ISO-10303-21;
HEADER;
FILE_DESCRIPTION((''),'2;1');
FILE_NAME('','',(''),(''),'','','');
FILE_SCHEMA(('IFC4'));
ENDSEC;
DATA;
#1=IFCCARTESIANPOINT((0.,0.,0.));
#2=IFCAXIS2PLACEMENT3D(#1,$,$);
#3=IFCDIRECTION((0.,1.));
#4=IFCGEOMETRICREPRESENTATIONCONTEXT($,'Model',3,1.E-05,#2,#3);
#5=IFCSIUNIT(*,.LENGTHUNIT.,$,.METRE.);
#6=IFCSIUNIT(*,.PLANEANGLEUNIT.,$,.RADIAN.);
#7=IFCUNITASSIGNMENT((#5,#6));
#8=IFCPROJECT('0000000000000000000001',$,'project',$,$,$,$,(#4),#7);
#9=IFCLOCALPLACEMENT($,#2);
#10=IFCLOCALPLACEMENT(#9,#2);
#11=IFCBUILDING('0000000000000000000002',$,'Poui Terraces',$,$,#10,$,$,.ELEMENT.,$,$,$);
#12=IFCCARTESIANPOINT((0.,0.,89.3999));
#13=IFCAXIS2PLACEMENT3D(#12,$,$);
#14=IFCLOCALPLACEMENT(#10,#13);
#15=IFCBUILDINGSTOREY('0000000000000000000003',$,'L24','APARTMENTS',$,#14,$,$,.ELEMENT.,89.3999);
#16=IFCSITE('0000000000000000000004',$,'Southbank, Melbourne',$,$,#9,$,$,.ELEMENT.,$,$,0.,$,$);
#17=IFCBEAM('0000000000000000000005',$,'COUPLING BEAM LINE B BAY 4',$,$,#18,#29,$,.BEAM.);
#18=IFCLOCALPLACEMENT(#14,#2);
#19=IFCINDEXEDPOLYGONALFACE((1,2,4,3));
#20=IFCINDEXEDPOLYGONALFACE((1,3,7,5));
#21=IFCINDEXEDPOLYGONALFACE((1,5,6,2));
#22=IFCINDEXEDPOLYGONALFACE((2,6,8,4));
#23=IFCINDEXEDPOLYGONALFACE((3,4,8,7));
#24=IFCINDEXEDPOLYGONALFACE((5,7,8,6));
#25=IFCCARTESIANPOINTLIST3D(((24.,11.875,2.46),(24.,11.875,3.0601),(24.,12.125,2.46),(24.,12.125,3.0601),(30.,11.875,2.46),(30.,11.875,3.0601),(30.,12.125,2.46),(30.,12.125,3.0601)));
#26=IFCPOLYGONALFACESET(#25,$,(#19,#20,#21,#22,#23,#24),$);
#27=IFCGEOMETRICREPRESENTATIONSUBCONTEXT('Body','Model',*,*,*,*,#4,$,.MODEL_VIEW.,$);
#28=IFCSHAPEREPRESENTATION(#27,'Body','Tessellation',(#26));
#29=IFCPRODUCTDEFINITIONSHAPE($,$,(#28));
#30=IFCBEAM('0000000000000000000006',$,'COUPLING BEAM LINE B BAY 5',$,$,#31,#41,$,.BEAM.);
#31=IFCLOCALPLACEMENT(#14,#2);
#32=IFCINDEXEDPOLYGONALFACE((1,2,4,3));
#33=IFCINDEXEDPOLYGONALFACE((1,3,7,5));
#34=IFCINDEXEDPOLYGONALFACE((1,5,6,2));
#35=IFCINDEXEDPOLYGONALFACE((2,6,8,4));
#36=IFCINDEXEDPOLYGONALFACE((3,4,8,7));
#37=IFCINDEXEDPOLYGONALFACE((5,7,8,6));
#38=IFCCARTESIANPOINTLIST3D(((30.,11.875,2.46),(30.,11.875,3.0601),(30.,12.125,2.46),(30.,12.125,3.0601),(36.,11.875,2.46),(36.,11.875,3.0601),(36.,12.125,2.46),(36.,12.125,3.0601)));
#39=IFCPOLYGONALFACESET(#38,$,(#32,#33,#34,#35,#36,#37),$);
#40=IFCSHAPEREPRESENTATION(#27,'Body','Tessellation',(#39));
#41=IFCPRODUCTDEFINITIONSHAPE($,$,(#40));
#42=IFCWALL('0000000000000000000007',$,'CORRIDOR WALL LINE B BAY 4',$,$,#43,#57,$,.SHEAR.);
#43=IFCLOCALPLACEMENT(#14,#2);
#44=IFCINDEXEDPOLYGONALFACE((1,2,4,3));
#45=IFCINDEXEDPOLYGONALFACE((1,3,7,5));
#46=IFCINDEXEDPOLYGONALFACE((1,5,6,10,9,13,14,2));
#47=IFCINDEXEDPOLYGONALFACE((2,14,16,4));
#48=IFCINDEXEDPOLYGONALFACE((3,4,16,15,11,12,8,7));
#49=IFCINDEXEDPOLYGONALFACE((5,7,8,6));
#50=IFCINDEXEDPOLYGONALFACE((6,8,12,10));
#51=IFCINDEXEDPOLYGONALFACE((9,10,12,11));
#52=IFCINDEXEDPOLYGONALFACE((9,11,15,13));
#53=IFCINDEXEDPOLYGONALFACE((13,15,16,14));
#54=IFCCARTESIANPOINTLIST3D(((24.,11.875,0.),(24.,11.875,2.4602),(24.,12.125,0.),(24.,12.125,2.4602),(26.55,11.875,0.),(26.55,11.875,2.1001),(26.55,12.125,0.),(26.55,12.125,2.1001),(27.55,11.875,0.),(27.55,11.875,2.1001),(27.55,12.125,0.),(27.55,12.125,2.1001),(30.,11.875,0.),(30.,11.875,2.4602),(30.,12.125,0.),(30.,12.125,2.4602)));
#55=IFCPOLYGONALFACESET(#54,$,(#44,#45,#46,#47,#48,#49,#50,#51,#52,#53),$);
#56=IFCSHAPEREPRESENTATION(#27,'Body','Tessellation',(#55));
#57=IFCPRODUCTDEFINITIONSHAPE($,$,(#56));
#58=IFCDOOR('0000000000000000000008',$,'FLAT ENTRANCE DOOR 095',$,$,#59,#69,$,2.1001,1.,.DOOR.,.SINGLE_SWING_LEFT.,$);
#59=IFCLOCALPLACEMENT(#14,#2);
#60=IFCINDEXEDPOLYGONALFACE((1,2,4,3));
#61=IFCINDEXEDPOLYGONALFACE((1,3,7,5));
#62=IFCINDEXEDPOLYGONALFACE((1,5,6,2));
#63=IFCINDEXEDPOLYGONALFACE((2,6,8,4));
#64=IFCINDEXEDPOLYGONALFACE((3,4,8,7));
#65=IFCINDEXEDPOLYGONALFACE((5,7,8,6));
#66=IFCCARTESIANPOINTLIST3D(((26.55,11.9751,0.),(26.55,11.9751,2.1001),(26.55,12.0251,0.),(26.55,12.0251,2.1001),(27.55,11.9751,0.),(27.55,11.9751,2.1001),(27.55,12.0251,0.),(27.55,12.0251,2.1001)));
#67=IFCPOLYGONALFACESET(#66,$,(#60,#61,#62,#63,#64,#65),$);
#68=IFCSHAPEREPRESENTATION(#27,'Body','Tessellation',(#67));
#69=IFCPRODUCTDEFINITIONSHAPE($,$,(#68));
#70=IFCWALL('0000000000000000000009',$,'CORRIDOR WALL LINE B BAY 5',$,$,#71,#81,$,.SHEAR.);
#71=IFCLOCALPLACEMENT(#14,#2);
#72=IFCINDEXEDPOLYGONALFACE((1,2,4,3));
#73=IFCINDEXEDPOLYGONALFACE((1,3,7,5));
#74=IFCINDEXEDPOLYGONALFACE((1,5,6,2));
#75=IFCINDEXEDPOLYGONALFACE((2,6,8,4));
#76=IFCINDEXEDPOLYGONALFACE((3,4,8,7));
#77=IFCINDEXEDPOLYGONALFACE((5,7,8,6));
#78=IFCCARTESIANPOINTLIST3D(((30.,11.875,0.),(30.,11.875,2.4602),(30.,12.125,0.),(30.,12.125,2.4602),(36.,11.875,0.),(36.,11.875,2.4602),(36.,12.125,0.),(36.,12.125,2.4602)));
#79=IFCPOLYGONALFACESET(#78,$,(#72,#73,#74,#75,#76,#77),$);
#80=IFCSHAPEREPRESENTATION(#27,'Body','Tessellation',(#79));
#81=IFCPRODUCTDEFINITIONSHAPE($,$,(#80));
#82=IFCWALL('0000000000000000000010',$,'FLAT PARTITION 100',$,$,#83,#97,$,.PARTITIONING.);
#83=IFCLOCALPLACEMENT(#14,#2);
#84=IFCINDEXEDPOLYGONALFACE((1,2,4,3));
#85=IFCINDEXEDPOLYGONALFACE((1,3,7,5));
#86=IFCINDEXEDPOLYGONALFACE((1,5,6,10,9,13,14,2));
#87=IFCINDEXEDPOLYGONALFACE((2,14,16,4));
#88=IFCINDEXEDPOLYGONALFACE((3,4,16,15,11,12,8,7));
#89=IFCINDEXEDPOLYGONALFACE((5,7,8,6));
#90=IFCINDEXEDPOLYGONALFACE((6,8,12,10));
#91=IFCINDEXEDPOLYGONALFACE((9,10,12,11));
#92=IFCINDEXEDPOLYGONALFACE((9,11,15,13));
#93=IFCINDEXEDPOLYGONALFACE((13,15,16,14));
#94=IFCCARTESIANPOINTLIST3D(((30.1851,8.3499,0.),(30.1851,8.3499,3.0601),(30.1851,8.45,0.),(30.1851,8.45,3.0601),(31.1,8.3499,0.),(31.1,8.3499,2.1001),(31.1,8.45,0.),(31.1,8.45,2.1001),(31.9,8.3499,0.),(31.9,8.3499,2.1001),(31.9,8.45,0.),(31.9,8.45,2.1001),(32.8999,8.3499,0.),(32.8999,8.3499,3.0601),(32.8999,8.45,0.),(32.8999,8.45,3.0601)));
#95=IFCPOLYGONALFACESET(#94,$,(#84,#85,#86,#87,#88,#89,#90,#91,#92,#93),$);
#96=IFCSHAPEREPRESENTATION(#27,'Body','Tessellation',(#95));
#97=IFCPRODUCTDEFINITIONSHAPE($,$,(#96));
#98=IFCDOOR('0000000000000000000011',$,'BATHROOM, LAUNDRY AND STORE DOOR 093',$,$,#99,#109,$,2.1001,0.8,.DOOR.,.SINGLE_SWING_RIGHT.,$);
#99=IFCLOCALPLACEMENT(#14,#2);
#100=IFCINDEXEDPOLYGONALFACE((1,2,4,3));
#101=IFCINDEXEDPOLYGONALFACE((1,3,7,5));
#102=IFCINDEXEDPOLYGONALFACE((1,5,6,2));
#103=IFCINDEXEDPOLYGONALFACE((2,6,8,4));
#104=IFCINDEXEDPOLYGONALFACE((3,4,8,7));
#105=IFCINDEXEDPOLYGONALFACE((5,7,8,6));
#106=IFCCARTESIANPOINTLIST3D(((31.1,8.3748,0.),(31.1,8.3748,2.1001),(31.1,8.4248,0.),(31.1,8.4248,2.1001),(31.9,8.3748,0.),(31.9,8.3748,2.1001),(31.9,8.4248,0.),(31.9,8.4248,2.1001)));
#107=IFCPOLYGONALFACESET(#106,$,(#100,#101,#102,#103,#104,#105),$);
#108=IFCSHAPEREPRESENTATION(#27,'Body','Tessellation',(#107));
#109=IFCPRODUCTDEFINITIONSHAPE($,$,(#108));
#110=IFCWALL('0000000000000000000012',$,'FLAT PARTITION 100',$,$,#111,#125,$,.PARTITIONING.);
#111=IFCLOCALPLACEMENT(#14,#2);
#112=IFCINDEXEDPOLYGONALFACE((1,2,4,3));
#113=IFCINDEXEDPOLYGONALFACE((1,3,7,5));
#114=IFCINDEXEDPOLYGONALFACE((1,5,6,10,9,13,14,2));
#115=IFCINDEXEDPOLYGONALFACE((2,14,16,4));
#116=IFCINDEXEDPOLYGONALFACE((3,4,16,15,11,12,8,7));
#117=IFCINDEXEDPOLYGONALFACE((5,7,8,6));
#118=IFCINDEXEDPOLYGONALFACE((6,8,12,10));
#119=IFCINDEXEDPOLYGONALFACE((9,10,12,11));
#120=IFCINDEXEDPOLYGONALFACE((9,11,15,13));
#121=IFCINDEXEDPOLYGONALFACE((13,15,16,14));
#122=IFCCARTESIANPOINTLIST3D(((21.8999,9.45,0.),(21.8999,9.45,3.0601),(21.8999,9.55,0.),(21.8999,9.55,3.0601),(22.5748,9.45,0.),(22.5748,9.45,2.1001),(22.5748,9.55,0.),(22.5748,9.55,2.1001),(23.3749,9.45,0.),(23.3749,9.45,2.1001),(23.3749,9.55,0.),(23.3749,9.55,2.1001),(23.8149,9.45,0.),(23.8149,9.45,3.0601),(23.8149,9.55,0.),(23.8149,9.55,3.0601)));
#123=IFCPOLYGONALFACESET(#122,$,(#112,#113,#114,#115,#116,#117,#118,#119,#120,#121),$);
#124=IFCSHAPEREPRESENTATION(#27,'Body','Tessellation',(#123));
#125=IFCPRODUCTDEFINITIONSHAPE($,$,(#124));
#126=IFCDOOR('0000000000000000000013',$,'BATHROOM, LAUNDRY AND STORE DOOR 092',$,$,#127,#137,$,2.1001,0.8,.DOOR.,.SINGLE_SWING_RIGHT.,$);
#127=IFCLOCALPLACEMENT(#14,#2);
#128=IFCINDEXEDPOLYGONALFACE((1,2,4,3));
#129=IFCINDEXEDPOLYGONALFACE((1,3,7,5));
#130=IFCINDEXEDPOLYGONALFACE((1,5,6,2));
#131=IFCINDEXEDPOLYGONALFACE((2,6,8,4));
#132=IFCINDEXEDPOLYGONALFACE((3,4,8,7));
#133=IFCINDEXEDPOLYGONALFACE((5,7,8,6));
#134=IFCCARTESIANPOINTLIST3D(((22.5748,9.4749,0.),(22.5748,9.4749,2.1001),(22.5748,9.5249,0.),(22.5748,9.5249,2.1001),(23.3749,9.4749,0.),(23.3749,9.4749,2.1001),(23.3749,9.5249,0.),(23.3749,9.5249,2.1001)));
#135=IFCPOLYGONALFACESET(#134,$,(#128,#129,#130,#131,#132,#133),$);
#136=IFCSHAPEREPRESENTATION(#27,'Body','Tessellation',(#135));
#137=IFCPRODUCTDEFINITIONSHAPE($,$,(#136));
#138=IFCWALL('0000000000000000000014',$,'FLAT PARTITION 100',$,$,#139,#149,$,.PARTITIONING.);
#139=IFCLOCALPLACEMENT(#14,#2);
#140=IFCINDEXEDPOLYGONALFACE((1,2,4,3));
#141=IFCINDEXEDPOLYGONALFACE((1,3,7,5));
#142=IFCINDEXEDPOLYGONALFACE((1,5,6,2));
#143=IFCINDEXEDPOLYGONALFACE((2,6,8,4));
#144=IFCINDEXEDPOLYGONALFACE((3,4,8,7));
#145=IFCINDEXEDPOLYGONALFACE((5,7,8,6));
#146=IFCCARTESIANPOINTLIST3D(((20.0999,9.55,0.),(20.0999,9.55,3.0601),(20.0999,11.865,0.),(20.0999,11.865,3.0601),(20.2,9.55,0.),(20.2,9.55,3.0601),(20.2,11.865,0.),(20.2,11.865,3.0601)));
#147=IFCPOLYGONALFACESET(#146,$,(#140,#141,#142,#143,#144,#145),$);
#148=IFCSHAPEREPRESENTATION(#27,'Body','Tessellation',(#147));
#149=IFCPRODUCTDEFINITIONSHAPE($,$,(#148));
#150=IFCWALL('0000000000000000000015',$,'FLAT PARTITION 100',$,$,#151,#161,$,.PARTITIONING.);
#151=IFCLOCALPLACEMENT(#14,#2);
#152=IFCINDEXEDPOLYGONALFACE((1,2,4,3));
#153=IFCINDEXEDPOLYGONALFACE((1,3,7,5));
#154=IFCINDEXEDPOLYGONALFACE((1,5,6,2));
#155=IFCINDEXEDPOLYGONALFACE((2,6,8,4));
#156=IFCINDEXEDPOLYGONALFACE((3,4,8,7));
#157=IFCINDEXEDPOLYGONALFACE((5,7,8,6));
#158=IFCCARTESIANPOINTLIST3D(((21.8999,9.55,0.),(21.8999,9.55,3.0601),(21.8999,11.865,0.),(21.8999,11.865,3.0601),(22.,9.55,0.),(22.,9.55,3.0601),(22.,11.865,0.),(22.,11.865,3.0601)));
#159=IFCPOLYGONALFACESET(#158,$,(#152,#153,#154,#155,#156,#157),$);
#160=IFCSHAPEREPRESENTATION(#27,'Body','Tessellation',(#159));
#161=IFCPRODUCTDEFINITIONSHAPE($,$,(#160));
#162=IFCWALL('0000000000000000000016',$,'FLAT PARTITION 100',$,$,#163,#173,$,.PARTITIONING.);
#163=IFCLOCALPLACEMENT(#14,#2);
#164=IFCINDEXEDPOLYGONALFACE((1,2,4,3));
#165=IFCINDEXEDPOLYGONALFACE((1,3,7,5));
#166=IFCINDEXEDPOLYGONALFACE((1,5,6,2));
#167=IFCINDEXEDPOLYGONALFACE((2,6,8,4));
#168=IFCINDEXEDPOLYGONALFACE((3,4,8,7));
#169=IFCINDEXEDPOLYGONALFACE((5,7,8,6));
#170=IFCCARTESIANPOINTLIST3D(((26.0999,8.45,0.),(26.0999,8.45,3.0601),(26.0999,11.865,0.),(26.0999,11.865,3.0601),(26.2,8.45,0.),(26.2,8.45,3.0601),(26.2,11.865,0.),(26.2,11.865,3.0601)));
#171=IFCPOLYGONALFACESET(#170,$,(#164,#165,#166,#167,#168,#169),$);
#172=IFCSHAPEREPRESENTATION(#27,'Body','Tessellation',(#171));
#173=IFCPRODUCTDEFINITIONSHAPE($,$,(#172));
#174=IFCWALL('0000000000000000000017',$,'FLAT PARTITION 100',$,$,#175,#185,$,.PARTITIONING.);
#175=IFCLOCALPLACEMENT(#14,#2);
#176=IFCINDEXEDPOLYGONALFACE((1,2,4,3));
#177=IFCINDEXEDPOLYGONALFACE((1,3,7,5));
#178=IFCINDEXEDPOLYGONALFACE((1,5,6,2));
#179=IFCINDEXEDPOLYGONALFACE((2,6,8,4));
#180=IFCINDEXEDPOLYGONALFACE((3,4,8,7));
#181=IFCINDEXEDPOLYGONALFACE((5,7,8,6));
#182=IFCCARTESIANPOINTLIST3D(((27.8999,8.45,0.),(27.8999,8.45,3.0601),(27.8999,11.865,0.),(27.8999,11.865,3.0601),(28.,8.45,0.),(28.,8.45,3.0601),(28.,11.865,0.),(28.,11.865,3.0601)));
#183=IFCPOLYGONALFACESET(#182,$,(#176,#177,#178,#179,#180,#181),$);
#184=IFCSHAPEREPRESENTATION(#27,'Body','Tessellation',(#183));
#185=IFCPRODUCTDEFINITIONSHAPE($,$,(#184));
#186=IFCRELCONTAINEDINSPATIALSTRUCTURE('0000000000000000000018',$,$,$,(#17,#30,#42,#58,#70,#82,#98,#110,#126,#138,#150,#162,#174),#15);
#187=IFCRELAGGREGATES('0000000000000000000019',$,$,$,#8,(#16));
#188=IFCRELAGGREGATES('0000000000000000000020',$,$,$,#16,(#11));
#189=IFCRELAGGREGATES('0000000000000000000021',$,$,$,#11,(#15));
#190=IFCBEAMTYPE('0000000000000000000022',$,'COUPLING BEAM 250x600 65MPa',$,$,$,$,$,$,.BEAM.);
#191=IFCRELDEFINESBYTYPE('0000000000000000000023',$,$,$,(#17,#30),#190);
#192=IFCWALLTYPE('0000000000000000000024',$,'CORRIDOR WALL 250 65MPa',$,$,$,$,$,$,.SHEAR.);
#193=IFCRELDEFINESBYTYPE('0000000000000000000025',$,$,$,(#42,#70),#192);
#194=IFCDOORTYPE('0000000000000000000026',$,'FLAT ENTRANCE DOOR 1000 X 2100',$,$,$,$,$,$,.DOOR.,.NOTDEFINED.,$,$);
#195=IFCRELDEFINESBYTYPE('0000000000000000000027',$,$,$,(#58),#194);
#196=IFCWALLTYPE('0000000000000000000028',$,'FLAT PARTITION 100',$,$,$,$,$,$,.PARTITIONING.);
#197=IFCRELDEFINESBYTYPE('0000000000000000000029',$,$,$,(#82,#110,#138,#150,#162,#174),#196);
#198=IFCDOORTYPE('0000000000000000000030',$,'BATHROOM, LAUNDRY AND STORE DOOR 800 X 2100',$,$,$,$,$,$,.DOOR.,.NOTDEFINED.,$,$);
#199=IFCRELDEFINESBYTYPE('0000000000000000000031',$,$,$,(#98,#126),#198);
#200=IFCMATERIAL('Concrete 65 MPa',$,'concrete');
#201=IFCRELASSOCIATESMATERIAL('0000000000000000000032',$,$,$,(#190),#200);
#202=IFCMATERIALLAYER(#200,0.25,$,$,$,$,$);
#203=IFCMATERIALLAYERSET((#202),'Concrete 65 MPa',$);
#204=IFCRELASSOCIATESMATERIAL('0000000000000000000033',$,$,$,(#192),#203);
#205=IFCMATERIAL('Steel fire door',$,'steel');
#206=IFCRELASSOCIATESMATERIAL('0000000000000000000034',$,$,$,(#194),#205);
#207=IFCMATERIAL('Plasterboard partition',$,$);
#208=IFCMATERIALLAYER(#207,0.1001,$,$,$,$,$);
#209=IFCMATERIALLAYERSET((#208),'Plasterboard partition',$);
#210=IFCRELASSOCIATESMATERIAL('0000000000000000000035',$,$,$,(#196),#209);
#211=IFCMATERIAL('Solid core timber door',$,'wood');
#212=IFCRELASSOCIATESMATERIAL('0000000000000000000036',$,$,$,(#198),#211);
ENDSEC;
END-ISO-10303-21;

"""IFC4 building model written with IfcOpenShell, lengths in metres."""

from ifc_helpers import new_model, si_unit, direction, frame, frame_2d, origin, origin_2d, place, context, subcontext, project, spatial, rectangle, extrude, source, transform, mapped, material, layer, layer_set, material_profile, profile_set, type_object, element, fill, save


model = new_model("IFC4")

# Units and contexts
model_context = context("Model", 3, precision=1e-05, world=origin(), true_north=direction((0.0, 1.0)))
body_context = subcontext(model_context, "Body", "Model", "MODEL_VIEW")
ifc_project = project(units=[si_unit("LENGTHUNIT", "METRE"), si_unit("PLANEANGLEUNIT", "RADIAN")], contexts=[model_context])

# Site, building, storey
site_placement = place(None, origin())
site = spatial("IfcSite", under=ifc_project, at=site_placement, Name="Southbank, Melbourne", CompositionType="ELEMENT", RefElevation=0.0)
building_placement = place(site_placement, origin())
building = spatial("IfcBuilding", under=site, at=building_placement, Name="Poui Terraces", CompositionType="ELEMENT")
storey_placement = place(building_placement, frame((0.0, 0.0, 89.3999)))
storey = spatial("IfcBuildingStorey", under=building, at=storey_placement, Name="L24", Description="APARTMENTS", CompositionType="ELEMENT", Elevation=89.3999)

# Beams
ifc_material_1 = material(Name="Concrete 65 MPa", Category="concrete")
ifc_material_profile = material_profile(ifc_material_1, rectangle(XDim=0.25, YDim=0.6001, at=origin_2d()), Name="RC 250x600")
ifc_profile_set = profile_set([ifc_material_profile], Name="Concrete 65 MPa")
beam_type = type_object("IfcBeamType", Name="COUPLING BEAM 250x600 65MPa", PredefinedType="BEAM", material=ifc_profile_set)
shared_shape = source(origin(), body_context, "Body", "SweptSolid", [
    extrude(rectangle(XDim=0.25, YDim=0.6001, at=origin_2d()), origin(), (0.0, 0.0, 1.0), 6.0),
])
for number, where, z_axis, x_axis, name in (
    (1, (24.0, 12.0, 2.76), (1.0, 0.0, 0.0), (0.0, 1.0, 0.0), "COUPLING BEAM LINE B BAY 4"),
    (2, (30.0, 12.0, 2.76), (1.0, 0.0, 0.0), (0.0, 1.0, 0.0), "COUPLING BEAM LINE B BAY 5"),
):
    element("IfcBeam", number, at=place(storey_placement, frame(where, z_axis=z_axis, x_axis=x_axis)), inside=storey, type_object=beam_type, Name=name, PredefinedType="BEAM", context=body_context, shape_type="MappedRepresentation", body=[
        mapped(shared_shape, transform((0.0, 0.0, 0.0))),
    ])

# Wall, opening, door
ifc_layer_1 = layer(ifc_material_1, 0.25)
ifc_layer_set_1 = layer_set([ifc_layer_1], Name="Concrete 65 MPa")
wall_type_1 = type_object("IfcWallType", Name="CORRIDOR WALL 250 65MPa", PredefinedType="SHEAR", material=ifc_layer_set_1)
wall_1_placement = place(storey_placement, frame((24.0, 12.0, 0.0), z_axis=(0.0, 0.0, 1.0), x_axis=(1.0, 0.0, 0.0)))
wall_1 = element("IfcWall", 3, at=wall_1_placement, inside=storey, type_object=wall_type_1, Name="CORRIDOR WALL LINE B BAY 4", PredefinedType="SHEAR", context=body_context, shape_type="SweptSolid", body=[
    extrude(rectangle(XDim=6.0, YDim=0.25, at=frame_2d((3.0, 0.0))), origin(), (0.0, 0.0, 1.0), 2.4602),
])
opening_1_placement = place(wall_1_placement, frame((2.55, 0.0, 0.0)))
opening_1 = element("IfcOpeningElement", 4, at=opening_1_placement, cuts=wall_1, PredefinedType="OPENING", context=body_context, shape_type="SweptSolid", body=[
    extrude(rectangle(XDim=1.0, YDim=2.1001, at=frame_2d((0.5, 1.05))), frame((0.0, 0.135, 0.0), z_axis=(0.0, -1.0, 0.0), x_axis=(1.0, 0.0, 0.0)), (0.0, 0.0, 1.0), 0.27),
])
ifc_material_2 = material(Name="Steel fire door", Category="steel")
door_type_1 = type_object("IfcDoorType", Name="FLAT ENTRANCE DOOR 1000 X 2100", OperationType="NOTDEFINED", PredefinedType="DOOR", material=ifc_material_2)
door_1_placement = place(opening_1_placement, frame((1.0, 0.0, 0.0), z_axis=(0.0, 0.0, 1.0), x_axis=(-1.0, 0.0, 0.0)))
door_1 = element("IfcDoor", 5, at=door_1_placement, inside=storey, type_object=door_type_1, Name="FLAT ENTRANCE DOOR 095", OperationType="SINGLE_SWING_LEFT", OverallHeight=2.1001, OverallWidth=1.0, PredefinedType="DOOR", context=body_context, shape_type="SweptSolid", body=[
    extrude(rectangle(XDim=1.0, YDim=2.1001, at=frame_2d((0.5, 1.05))), frame((0.0, 0.0249, 0.0), z_axis=(0.0, -1.0, 0.0), x_axis=(1.0, 0.0, 0.0)), (0.0, 0.0, 1.0), 0.05),
])
fill(opening_1, door_1)

# Wall
wall_2_placement = place(storey_placement, frame((30.0, 12.0, 0.0), z_axis=(0.0, 0.0, 1.0), x_axis=(1.0, 0.0, 0.0)))
element("IfcWall", 6, at=wall_2_placement, inside=storey, type_object=wall_type_1, Name="CORRIDOR WALL LINE B BAY 5", PredefinedType="SHEAR", context=body_context, shape_type="SweptSolid", body=[
    extrude(rectangle(XDim=6.0, YDim=0.25, at=frame_2d((3.0, 0.0))), origin(), (0.0, 0.0, 1.0), 2.4602),
])

# Walls, openings, doors
ifc_material_3 = material(Name="Plasterboard partition")
ifc_layer_2 = layer(ifc_material_3, 0.1001)
ifc_layer_set_2 = layer_set([ifc_layer_2], Name="Plasterboard partition")
wall_type_2 = type_object("IfcWallType", Name="FLAT PARTITION 100", PredefinedType="PARTITIONING", material=ifc_layer_set_2)
wall_3_placement = place(storey_placement, frame((30.1851, 8.3999, 0.0), z_axis=(0.0, 0.0, 1.0), x_axis=(1.0, 0.0, 0.0)))
wall_3 = element("IfcWall", 7, at=wall_3_placement, inside=storey, type_object=wall_type_2, Name="FLAT PARTITION 100", PredefinedType="PARTITIONING", context=body_context, shape_type="SweptSolid", body=[
    extrude(rectangle(XDim=2.7148, YDim=0.1001, at=frame_2d((1.3574, 0.0))), origin(), (0.0, 0.0, 1.0), 3.0601),
])
opening_2_placement = place(wall_3_placement, frame((0.915, 0.0, 0.0)))
opening_2 = element("IfcOpeningElement", 8, at=opening_2_placement, cuts=wall_3, PredefinedType="OPENING", context=body_context, shape_type="SweptSolid", body=[
    extrude(rectangle(XDim=0.8, YDim=2.1001, at=frame_2d((0.3999, 1.05))), frame((0.0, 0.0601, 0.0), z_axis=(0.0, -1.0, 0.0), x_axis=(1.0, 0.0, 0.0)), (0.0, 0.0, 1.0), 0.1201),
])
ifc_material_4 = material(Name="Solid core timber door", Category="wood")
door_type_2 = type_object("IfcDoorType", Name="BATHROOM, LAUNDRY AND STORE DOOR 800 X 2100", OperationType="NOTDEFINED", PredefinedType="DOOR", material=ifc_material_4)
door_2_placement = place(opening_2_placement, origin())
door_2 = element("IfcDoor", 9, at=door_2_placement, inside=storey, type_object=door_type_2, Name="BATHROOM, LAUNDRY AND STORE DOOR 093", OperationType="SINGLE_SWING_RIGHT", OverallHeight=2.1001, OverallWidth=0.8, PredefinedType="DOOR", context=body_context, shape_type="SweptSolid", body=[
    extrude(rectangle(XDim=0.8, YDim=2.1001, at=frame_2d((0.3999, 1.05))), frame((0.0, 0.0249, 0.0), z_axis=(0.0, -1.0, 0.0), x_axis=(1.0, 0.0, 0.0)), (0.0, 0.0, 1.0), 0.05),
])
fill(opening_2, door_2)
wall_4_placement = place(storey_placement, frame((21.8999, 9.5, 0.0), z_axis=(0.0, 0.0, 1.0), x_axis=(1.0, 0.0, 0.0)))
wall_4 = element("IfcWall", 10, at=wall_4_placement, inside=storey, type_object=wall_type_2, Name="FLAT PARTITION 100", PredefinedType="PARTITIONING", context=body_context, shape_type="SweptSolid", body=[
    extrude(rectangle(XDim=1.915, YDim=0.1001, at=frame_2d((0.9575, 0.0))), origin(), (0.0, 0.0, 1.0), 3.0601),
])
opening_3_placement = place(wall_4_placement, frame((0.675, 0.0, 0.0)))
opening_3 = element("IfcOpeningElement", 11, at=opening_3_placement, cuts=wall_4, PredefinedType="OPENING", context=body_context, shape_type="SweptSolid", body=[
    extrude(rectangle(XDim=0.8, YDim=2.1001, at=frame_2d((0.3999, 1.05))), frame((0.0, 0.0601, 0.0), z_axis=(0.0, -1.0, 0.0), x_axis=(1.0, 0.0, 0.0)), (0.0, 0.0, 1.0), 0.1201),
])
door_3_placement = place(opening_3_placement, origin())
door_3 = element("IfcDoor", 12, at=door_3_placement, inside=storey, type_object=door_type_2, Name="BATHROOM, LAUNDRY AND STORE DOOR 092", OperationType="SINGLE_SWING_RIGHT", OverallHeight=2.1001, OverallWidth=0.8, PredefinedType="DOOR", context=body_context, shape_type="SweptSolid", body=[
    extrude(rectangle(XDim=0.8, YDim=2.1001, at=frame_2d((0.3999, 1.05))), frame((0.0, 0.0249, 0.0), z_axis=(0.0, -1.0, 0.0), x_axis=(1.0, 0.0, 0.0)), (0.0, 0.0, 1.0), 0.05),
])
fill(opening_3, door_3)

# Walls
for number, where, z_axis, x_axis, name in (
    (13, (20.1499, 9.55, 0.0), (0.0, 0.0, 1.0), (0.0, 1.0, 0.0), "FLAT PARTITION 100"),
    (14, (21.95, 9.55, 0.0), (0.0, 0.0, 1.0), (0.0, 1.0, 0.0), "FLAT PARTITION 100"),
):
    element("IfcWall", number, at=place(storey_placement, frame(where, z_axis=z_axis, x_axis=x_axis)), inside=storey, type_object=wall_type_2, Name=name, PredefinedType="PARTITIONING", context=body_context, shape_type="SweptSolid", body=[
        extrude(rectangle(XDim=2.3149, YDim=0.1001, at=frame_2d((1.1575, 0.0))), origin(), (0.0, 0.0, 1.0), 3.0601),
    ])
for number, where, z_axis, x_axis, name in (
    (15, (26.1499, 8.45, 0.0), (0.0, 0.0, 1.0), (0.0, 1.0, 0.0), "FLAT PARTITION 100"),
    (16, (27.95, 8.45, 0.0), (0.0, 0.0, 1.0), (0.0, 1.0, 0.0), "FLAT PARTITION 100"),
):
    element("IfcWall", number, at=place(storey_placement, frame(where, z_axis=z_axis, x_axis=x_axis)), inside=storey, type_object=wall_type_2, Name=name, PredefinedType="PARTITIONING", context=body_context, shape_type="SweptSolid", body=[
        extrude(rectangle(XDim=3.415, YDim=0.1001, at=frame_2d((1.7075, 0.0))), origin(), (0.0, 0.0, 1.0), 3.0601),
    ])

save(model, "model.ifc")
